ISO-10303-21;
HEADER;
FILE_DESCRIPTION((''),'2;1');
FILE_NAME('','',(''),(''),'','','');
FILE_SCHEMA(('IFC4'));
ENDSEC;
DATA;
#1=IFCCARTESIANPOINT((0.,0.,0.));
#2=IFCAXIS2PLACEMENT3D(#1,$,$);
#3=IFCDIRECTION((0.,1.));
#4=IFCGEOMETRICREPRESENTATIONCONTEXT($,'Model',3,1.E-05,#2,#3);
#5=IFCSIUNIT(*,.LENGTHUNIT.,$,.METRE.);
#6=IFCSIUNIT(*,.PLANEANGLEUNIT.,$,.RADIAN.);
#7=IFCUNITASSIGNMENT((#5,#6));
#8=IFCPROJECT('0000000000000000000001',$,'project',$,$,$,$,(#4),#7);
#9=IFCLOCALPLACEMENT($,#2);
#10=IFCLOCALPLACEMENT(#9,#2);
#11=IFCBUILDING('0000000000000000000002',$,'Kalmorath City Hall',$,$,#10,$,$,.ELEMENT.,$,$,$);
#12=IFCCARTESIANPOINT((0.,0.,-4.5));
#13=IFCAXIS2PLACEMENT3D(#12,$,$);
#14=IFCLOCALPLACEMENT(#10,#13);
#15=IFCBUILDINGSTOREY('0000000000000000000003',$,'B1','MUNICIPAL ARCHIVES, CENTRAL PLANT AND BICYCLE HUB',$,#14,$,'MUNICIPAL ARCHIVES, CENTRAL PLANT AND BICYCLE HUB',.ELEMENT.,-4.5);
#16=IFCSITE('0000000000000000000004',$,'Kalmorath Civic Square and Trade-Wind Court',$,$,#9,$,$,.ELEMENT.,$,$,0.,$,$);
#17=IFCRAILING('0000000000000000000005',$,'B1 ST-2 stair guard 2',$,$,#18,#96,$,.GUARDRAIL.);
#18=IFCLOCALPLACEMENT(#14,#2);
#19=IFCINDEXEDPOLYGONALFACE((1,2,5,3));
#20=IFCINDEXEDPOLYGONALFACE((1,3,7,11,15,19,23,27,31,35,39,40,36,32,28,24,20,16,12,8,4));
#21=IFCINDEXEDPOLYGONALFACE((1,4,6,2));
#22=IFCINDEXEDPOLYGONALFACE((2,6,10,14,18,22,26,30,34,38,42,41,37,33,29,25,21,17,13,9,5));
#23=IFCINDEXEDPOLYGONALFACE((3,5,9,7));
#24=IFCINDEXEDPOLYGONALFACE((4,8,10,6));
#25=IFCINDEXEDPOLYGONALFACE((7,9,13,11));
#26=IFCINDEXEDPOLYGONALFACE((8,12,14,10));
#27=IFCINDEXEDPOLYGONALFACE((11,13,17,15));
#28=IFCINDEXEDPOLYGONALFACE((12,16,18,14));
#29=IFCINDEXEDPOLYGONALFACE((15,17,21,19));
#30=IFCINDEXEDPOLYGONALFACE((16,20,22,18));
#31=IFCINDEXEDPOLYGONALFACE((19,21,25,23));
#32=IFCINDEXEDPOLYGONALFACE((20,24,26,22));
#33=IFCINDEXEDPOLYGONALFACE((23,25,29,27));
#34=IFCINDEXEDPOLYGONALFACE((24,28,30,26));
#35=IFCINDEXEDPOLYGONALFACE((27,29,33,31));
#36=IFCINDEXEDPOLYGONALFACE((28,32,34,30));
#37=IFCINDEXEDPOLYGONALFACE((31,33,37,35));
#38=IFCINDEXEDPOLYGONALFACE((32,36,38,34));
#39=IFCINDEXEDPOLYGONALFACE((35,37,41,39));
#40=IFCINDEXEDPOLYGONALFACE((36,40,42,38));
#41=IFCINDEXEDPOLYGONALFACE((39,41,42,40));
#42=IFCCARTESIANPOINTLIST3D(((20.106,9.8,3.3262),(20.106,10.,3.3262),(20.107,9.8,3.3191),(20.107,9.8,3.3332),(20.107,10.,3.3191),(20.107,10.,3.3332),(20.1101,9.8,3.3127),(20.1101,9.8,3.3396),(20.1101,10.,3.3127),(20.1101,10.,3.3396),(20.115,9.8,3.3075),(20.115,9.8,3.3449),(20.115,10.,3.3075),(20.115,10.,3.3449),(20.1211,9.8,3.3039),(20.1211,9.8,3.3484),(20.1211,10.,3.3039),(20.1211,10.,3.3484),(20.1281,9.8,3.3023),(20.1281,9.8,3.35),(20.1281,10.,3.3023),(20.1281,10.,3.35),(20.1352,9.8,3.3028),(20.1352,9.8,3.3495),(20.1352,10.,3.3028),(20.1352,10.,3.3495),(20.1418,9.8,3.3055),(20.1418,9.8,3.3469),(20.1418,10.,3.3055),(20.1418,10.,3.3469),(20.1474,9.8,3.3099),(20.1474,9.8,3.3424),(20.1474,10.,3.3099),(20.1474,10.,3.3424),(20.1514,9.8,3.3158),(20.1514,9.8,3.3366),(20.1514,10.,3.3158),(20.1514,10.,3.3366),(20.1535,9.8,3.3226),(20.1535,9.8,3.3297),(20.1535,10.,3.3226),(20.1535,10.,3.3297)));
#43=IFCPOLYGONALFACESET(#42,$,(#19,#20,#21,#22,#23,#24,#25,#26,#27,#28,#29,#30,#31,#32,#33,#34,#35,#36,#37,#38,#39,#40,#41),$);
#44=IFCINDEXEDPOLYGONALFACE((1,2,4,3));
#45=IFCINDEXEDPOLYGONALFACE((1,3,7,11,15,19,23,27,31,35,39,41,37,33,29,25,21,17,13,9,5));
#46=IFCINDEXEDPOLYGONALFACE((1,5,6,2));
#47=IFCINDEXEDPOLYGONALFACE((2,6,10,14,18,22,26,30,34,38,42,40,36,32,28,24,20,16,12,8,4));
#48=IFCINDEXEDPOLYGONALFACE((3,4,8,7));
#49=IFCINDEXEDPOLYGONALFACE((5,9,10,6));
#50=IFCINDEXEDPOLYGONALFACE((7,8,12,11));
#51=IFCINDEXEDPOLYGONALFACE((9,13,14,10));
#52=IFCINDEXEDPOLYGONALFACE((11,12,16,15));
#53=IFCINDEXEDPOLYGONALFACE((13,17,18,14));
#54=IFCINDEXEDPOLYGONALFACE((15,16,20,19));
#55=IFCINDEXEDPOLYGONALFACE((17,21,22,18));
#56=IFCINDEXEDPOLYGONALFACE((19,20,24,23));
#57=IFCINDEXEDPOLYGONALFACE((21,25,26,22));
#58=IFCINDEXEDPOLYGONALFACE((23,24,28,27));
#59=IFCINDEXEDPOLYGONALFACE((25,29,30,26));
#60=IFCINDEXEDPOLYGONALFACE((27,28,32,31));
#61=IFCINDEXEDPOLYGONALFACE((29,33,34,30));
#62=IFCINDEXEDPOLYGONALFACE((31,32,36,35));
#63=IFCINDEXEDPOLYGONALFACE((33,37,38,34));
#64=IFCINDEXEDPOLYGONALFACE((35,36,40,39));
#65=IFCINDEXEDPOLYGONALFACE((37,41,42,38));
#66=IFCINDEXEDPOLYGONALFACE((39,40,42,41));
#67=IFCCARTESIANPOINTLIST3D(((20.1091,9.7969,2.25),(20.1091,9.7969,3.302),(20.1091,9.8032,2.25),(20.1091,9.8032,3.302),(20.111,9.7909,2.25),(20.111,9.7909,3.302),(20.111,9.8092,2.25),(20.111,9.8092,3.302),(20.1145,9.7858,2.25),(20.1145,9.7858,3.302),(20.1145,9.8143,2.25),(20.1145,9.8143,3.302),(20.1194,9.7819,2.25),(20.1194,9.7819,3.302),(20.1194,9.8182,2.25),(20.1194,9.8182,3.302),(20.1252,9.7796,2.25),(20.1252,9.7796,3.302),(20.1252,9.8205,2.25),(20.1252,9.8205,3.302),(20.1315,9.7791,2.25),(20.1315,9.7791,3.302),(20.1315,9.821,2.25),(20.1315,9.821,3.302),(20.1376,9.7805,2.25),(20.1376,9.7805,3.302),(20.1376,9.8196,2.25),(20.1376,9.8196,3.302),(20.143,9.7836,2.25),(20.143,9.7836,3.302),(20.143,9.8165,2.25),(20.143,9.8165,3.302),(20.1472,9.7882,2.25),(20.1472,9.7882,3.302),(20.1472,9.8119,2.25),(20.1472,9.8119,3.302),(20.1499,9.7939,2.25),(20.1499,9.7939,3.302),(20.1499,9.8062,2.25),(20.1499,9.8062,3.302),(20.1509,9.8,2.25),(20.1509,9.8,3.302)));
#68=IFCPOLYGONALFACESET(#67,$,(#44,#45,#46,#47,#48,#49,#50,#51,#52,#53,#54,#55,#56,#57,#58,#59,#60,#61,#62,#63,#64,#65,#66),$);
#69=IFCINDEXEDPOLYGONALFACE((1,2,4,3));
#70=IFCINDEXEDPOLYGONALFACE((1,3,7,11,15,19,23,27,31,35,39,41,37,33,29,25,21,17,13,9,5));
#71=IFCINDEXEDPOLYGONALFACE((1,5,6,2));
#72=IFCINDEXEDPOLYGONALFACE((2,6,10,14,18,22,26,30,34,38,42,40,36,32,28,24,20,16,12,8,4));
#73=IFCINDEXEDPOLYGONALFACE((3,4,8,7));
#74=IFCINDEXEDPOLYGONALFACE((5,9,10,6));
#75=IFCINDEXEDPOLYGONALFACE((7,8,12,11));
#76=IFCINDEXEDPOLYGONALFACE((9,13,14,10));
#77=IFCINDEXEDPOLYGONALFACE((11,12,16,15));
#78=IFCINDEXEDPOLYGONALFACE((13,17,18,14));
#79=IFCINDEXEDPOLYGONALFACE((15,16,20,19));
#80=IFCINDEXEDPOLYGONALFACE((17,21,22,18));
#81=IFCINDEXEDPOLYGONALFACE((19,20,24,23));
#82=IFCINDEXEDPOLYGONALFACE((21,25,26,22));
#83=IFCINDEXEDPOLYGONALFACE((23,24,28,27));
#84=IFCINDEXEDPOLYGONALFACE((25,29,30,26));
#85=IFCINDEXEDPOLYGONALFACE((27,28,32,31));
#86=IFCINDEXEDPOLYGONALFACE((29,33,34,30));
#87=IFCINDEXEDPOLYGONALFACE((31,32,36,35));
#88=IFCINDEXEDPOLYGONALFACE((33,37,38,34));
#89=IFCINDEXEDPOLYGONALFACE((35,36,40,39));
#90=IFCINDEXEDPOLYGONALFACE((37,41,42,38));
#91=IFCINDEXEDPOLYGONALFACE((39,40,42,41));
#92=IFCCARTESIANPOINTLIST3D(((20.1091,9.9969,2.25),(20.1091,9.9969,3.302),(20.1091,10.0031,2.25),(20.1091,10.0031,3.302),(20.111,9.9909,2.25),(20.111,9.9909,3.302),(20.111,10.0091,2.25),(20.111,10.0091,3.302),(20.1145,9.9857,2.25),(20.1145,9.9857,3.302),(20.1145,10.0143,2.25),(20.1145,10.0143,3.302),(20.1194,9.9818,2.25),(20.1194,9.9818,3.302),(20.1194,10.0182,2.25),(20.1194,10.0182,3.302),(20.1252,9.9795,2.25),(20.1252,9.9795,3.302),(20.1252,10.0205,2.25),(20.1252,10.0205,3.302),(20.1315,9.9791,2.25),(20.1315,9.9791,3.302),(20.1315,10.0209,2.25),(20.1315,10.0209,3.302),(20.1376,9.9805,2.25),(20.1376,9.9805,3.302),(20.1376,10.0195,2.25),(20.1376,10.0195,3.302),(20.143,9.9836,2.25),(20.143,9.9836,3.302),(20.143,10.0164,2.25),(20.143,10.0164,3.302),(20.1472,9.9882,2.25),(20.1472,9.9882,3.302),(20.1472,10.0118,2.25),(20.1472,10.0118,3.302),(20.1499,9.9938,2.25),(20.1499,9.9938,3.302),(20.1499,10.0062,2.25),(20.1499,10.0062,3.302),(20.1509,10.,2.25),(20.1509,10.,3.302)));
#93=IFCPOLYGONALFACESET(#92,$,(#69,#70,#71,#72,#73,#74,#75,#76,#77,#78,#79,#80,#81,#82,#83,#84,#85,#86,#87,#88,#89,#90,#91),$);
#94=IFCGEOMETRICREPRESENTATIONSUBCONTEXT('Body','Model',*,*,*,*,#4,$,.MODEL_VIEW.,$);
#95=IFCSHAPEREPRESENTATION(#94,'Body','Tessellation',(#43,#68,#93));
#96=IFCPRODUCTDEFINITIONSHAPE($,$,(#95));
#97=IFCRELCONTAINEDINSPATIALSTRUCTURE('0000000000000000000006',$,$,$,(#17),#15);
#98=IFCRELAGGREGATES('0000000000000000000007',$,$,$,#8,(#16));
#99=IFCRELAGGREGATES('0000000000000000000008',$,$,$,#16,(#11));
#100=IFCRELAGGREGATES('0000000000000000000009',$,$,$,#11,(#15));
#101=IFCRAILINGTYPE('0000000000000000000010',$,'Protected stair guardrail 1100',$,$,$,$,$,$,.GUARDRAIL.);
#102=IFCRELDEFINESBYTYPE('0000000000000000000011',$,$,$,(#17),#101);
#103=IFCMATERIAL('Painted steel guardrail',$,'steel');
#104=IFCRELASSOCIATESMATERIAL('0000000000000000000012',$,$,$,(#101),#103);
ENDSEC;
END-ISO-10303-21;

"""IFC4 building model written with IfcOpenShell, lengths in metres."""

from ifc_helpers import new_model, si_unit, direction, frame, origin, origin_2d, place, context, subcontext, project, spatial, circle, extrude, material, type_object, element, save


model = new_model("IFC4")

# Units and contexts
model_context = context("Model", 3, precision=1e-05, world=origin(), true_north=direction((0.0, 1.0)))
body_context = subcontext(model_context, "Body", "Model", "MODEL_VIEW")
ifc_project = project(units=[si_unit("LENGTHUNIT", "METRE"), si_unit("PLANEANGLEUNIT", "RADIAN")], contexts=[model_context])

# Site, building, storey
site_placement = place(None, origin())
site = spatial("IfcSite", under=ifc_project, at=site_placement, Name="Kalmorath Civic Square and Trade-Wind Court", CompositionType="ELEMENT", RefElevation=0.0)
building_placement = place(site_placement, origin())
building = spatial("IfcBuilding", under=site, at=building_placement, Name="Kalmorath City Hall", CompositionType="ELEMENT")
storey_placement = place(building_placement, frame((0.0, 0.0, -4.5)))
storey = spatial("IfcBuildingStorey", under=building, at=storey_placement, Name="B1", Description="MUNICIPAL ARCHIVES, CENTRAL PLANT AND BICYCLE HUB", LongName="MUNICIPAL ARCHIVES, CENTRAL PLANT AND BICYCLE HUB", CompositionType="ELEMENT", Elevation=-4.5)

# Railing
ifc_material_1 = material(Name="Painted steel guardrail", Category="steel")
railing_type_1 = type_object("IfcRailingType", Name="Protected stair guardrail 1100", PredefinedType="GUARDRAIL", material=ifc_material_1)
railing_1_placement = place(storey_placement, frame((20.1299, 9.8, 2.25)))
element("IfcRailing", 1, at=railing_1_placement, inside=storey, type_object=railing_type_1, Name="B1 ST-2 stair guard 2", PredefinedType="GUARDRAIL", context=body_context, shape_type="SweptSolid", body=[
    extrude(circle(Radius=0.0239, at=origin_2d()), frame((0.0, 0.0, 1.0762), z_axis=(0.0, 1.0, 0.0), x_axis=(-1.0, 0.0, 0.0)), (0.0, 0.0, 1.0), 0.2),
    extrude(circle(Radius=0.021, at=origin_2d()), origin(), (0.0, 0.0, 1.0), 1.052),
    extrude(circle(Radius=0.021, at=origin_2d()), frame((0.0, 0.2, 0.0)), (0.0, 0.0, 1.0), 1.052),
])

save(model, "model.ifc")
